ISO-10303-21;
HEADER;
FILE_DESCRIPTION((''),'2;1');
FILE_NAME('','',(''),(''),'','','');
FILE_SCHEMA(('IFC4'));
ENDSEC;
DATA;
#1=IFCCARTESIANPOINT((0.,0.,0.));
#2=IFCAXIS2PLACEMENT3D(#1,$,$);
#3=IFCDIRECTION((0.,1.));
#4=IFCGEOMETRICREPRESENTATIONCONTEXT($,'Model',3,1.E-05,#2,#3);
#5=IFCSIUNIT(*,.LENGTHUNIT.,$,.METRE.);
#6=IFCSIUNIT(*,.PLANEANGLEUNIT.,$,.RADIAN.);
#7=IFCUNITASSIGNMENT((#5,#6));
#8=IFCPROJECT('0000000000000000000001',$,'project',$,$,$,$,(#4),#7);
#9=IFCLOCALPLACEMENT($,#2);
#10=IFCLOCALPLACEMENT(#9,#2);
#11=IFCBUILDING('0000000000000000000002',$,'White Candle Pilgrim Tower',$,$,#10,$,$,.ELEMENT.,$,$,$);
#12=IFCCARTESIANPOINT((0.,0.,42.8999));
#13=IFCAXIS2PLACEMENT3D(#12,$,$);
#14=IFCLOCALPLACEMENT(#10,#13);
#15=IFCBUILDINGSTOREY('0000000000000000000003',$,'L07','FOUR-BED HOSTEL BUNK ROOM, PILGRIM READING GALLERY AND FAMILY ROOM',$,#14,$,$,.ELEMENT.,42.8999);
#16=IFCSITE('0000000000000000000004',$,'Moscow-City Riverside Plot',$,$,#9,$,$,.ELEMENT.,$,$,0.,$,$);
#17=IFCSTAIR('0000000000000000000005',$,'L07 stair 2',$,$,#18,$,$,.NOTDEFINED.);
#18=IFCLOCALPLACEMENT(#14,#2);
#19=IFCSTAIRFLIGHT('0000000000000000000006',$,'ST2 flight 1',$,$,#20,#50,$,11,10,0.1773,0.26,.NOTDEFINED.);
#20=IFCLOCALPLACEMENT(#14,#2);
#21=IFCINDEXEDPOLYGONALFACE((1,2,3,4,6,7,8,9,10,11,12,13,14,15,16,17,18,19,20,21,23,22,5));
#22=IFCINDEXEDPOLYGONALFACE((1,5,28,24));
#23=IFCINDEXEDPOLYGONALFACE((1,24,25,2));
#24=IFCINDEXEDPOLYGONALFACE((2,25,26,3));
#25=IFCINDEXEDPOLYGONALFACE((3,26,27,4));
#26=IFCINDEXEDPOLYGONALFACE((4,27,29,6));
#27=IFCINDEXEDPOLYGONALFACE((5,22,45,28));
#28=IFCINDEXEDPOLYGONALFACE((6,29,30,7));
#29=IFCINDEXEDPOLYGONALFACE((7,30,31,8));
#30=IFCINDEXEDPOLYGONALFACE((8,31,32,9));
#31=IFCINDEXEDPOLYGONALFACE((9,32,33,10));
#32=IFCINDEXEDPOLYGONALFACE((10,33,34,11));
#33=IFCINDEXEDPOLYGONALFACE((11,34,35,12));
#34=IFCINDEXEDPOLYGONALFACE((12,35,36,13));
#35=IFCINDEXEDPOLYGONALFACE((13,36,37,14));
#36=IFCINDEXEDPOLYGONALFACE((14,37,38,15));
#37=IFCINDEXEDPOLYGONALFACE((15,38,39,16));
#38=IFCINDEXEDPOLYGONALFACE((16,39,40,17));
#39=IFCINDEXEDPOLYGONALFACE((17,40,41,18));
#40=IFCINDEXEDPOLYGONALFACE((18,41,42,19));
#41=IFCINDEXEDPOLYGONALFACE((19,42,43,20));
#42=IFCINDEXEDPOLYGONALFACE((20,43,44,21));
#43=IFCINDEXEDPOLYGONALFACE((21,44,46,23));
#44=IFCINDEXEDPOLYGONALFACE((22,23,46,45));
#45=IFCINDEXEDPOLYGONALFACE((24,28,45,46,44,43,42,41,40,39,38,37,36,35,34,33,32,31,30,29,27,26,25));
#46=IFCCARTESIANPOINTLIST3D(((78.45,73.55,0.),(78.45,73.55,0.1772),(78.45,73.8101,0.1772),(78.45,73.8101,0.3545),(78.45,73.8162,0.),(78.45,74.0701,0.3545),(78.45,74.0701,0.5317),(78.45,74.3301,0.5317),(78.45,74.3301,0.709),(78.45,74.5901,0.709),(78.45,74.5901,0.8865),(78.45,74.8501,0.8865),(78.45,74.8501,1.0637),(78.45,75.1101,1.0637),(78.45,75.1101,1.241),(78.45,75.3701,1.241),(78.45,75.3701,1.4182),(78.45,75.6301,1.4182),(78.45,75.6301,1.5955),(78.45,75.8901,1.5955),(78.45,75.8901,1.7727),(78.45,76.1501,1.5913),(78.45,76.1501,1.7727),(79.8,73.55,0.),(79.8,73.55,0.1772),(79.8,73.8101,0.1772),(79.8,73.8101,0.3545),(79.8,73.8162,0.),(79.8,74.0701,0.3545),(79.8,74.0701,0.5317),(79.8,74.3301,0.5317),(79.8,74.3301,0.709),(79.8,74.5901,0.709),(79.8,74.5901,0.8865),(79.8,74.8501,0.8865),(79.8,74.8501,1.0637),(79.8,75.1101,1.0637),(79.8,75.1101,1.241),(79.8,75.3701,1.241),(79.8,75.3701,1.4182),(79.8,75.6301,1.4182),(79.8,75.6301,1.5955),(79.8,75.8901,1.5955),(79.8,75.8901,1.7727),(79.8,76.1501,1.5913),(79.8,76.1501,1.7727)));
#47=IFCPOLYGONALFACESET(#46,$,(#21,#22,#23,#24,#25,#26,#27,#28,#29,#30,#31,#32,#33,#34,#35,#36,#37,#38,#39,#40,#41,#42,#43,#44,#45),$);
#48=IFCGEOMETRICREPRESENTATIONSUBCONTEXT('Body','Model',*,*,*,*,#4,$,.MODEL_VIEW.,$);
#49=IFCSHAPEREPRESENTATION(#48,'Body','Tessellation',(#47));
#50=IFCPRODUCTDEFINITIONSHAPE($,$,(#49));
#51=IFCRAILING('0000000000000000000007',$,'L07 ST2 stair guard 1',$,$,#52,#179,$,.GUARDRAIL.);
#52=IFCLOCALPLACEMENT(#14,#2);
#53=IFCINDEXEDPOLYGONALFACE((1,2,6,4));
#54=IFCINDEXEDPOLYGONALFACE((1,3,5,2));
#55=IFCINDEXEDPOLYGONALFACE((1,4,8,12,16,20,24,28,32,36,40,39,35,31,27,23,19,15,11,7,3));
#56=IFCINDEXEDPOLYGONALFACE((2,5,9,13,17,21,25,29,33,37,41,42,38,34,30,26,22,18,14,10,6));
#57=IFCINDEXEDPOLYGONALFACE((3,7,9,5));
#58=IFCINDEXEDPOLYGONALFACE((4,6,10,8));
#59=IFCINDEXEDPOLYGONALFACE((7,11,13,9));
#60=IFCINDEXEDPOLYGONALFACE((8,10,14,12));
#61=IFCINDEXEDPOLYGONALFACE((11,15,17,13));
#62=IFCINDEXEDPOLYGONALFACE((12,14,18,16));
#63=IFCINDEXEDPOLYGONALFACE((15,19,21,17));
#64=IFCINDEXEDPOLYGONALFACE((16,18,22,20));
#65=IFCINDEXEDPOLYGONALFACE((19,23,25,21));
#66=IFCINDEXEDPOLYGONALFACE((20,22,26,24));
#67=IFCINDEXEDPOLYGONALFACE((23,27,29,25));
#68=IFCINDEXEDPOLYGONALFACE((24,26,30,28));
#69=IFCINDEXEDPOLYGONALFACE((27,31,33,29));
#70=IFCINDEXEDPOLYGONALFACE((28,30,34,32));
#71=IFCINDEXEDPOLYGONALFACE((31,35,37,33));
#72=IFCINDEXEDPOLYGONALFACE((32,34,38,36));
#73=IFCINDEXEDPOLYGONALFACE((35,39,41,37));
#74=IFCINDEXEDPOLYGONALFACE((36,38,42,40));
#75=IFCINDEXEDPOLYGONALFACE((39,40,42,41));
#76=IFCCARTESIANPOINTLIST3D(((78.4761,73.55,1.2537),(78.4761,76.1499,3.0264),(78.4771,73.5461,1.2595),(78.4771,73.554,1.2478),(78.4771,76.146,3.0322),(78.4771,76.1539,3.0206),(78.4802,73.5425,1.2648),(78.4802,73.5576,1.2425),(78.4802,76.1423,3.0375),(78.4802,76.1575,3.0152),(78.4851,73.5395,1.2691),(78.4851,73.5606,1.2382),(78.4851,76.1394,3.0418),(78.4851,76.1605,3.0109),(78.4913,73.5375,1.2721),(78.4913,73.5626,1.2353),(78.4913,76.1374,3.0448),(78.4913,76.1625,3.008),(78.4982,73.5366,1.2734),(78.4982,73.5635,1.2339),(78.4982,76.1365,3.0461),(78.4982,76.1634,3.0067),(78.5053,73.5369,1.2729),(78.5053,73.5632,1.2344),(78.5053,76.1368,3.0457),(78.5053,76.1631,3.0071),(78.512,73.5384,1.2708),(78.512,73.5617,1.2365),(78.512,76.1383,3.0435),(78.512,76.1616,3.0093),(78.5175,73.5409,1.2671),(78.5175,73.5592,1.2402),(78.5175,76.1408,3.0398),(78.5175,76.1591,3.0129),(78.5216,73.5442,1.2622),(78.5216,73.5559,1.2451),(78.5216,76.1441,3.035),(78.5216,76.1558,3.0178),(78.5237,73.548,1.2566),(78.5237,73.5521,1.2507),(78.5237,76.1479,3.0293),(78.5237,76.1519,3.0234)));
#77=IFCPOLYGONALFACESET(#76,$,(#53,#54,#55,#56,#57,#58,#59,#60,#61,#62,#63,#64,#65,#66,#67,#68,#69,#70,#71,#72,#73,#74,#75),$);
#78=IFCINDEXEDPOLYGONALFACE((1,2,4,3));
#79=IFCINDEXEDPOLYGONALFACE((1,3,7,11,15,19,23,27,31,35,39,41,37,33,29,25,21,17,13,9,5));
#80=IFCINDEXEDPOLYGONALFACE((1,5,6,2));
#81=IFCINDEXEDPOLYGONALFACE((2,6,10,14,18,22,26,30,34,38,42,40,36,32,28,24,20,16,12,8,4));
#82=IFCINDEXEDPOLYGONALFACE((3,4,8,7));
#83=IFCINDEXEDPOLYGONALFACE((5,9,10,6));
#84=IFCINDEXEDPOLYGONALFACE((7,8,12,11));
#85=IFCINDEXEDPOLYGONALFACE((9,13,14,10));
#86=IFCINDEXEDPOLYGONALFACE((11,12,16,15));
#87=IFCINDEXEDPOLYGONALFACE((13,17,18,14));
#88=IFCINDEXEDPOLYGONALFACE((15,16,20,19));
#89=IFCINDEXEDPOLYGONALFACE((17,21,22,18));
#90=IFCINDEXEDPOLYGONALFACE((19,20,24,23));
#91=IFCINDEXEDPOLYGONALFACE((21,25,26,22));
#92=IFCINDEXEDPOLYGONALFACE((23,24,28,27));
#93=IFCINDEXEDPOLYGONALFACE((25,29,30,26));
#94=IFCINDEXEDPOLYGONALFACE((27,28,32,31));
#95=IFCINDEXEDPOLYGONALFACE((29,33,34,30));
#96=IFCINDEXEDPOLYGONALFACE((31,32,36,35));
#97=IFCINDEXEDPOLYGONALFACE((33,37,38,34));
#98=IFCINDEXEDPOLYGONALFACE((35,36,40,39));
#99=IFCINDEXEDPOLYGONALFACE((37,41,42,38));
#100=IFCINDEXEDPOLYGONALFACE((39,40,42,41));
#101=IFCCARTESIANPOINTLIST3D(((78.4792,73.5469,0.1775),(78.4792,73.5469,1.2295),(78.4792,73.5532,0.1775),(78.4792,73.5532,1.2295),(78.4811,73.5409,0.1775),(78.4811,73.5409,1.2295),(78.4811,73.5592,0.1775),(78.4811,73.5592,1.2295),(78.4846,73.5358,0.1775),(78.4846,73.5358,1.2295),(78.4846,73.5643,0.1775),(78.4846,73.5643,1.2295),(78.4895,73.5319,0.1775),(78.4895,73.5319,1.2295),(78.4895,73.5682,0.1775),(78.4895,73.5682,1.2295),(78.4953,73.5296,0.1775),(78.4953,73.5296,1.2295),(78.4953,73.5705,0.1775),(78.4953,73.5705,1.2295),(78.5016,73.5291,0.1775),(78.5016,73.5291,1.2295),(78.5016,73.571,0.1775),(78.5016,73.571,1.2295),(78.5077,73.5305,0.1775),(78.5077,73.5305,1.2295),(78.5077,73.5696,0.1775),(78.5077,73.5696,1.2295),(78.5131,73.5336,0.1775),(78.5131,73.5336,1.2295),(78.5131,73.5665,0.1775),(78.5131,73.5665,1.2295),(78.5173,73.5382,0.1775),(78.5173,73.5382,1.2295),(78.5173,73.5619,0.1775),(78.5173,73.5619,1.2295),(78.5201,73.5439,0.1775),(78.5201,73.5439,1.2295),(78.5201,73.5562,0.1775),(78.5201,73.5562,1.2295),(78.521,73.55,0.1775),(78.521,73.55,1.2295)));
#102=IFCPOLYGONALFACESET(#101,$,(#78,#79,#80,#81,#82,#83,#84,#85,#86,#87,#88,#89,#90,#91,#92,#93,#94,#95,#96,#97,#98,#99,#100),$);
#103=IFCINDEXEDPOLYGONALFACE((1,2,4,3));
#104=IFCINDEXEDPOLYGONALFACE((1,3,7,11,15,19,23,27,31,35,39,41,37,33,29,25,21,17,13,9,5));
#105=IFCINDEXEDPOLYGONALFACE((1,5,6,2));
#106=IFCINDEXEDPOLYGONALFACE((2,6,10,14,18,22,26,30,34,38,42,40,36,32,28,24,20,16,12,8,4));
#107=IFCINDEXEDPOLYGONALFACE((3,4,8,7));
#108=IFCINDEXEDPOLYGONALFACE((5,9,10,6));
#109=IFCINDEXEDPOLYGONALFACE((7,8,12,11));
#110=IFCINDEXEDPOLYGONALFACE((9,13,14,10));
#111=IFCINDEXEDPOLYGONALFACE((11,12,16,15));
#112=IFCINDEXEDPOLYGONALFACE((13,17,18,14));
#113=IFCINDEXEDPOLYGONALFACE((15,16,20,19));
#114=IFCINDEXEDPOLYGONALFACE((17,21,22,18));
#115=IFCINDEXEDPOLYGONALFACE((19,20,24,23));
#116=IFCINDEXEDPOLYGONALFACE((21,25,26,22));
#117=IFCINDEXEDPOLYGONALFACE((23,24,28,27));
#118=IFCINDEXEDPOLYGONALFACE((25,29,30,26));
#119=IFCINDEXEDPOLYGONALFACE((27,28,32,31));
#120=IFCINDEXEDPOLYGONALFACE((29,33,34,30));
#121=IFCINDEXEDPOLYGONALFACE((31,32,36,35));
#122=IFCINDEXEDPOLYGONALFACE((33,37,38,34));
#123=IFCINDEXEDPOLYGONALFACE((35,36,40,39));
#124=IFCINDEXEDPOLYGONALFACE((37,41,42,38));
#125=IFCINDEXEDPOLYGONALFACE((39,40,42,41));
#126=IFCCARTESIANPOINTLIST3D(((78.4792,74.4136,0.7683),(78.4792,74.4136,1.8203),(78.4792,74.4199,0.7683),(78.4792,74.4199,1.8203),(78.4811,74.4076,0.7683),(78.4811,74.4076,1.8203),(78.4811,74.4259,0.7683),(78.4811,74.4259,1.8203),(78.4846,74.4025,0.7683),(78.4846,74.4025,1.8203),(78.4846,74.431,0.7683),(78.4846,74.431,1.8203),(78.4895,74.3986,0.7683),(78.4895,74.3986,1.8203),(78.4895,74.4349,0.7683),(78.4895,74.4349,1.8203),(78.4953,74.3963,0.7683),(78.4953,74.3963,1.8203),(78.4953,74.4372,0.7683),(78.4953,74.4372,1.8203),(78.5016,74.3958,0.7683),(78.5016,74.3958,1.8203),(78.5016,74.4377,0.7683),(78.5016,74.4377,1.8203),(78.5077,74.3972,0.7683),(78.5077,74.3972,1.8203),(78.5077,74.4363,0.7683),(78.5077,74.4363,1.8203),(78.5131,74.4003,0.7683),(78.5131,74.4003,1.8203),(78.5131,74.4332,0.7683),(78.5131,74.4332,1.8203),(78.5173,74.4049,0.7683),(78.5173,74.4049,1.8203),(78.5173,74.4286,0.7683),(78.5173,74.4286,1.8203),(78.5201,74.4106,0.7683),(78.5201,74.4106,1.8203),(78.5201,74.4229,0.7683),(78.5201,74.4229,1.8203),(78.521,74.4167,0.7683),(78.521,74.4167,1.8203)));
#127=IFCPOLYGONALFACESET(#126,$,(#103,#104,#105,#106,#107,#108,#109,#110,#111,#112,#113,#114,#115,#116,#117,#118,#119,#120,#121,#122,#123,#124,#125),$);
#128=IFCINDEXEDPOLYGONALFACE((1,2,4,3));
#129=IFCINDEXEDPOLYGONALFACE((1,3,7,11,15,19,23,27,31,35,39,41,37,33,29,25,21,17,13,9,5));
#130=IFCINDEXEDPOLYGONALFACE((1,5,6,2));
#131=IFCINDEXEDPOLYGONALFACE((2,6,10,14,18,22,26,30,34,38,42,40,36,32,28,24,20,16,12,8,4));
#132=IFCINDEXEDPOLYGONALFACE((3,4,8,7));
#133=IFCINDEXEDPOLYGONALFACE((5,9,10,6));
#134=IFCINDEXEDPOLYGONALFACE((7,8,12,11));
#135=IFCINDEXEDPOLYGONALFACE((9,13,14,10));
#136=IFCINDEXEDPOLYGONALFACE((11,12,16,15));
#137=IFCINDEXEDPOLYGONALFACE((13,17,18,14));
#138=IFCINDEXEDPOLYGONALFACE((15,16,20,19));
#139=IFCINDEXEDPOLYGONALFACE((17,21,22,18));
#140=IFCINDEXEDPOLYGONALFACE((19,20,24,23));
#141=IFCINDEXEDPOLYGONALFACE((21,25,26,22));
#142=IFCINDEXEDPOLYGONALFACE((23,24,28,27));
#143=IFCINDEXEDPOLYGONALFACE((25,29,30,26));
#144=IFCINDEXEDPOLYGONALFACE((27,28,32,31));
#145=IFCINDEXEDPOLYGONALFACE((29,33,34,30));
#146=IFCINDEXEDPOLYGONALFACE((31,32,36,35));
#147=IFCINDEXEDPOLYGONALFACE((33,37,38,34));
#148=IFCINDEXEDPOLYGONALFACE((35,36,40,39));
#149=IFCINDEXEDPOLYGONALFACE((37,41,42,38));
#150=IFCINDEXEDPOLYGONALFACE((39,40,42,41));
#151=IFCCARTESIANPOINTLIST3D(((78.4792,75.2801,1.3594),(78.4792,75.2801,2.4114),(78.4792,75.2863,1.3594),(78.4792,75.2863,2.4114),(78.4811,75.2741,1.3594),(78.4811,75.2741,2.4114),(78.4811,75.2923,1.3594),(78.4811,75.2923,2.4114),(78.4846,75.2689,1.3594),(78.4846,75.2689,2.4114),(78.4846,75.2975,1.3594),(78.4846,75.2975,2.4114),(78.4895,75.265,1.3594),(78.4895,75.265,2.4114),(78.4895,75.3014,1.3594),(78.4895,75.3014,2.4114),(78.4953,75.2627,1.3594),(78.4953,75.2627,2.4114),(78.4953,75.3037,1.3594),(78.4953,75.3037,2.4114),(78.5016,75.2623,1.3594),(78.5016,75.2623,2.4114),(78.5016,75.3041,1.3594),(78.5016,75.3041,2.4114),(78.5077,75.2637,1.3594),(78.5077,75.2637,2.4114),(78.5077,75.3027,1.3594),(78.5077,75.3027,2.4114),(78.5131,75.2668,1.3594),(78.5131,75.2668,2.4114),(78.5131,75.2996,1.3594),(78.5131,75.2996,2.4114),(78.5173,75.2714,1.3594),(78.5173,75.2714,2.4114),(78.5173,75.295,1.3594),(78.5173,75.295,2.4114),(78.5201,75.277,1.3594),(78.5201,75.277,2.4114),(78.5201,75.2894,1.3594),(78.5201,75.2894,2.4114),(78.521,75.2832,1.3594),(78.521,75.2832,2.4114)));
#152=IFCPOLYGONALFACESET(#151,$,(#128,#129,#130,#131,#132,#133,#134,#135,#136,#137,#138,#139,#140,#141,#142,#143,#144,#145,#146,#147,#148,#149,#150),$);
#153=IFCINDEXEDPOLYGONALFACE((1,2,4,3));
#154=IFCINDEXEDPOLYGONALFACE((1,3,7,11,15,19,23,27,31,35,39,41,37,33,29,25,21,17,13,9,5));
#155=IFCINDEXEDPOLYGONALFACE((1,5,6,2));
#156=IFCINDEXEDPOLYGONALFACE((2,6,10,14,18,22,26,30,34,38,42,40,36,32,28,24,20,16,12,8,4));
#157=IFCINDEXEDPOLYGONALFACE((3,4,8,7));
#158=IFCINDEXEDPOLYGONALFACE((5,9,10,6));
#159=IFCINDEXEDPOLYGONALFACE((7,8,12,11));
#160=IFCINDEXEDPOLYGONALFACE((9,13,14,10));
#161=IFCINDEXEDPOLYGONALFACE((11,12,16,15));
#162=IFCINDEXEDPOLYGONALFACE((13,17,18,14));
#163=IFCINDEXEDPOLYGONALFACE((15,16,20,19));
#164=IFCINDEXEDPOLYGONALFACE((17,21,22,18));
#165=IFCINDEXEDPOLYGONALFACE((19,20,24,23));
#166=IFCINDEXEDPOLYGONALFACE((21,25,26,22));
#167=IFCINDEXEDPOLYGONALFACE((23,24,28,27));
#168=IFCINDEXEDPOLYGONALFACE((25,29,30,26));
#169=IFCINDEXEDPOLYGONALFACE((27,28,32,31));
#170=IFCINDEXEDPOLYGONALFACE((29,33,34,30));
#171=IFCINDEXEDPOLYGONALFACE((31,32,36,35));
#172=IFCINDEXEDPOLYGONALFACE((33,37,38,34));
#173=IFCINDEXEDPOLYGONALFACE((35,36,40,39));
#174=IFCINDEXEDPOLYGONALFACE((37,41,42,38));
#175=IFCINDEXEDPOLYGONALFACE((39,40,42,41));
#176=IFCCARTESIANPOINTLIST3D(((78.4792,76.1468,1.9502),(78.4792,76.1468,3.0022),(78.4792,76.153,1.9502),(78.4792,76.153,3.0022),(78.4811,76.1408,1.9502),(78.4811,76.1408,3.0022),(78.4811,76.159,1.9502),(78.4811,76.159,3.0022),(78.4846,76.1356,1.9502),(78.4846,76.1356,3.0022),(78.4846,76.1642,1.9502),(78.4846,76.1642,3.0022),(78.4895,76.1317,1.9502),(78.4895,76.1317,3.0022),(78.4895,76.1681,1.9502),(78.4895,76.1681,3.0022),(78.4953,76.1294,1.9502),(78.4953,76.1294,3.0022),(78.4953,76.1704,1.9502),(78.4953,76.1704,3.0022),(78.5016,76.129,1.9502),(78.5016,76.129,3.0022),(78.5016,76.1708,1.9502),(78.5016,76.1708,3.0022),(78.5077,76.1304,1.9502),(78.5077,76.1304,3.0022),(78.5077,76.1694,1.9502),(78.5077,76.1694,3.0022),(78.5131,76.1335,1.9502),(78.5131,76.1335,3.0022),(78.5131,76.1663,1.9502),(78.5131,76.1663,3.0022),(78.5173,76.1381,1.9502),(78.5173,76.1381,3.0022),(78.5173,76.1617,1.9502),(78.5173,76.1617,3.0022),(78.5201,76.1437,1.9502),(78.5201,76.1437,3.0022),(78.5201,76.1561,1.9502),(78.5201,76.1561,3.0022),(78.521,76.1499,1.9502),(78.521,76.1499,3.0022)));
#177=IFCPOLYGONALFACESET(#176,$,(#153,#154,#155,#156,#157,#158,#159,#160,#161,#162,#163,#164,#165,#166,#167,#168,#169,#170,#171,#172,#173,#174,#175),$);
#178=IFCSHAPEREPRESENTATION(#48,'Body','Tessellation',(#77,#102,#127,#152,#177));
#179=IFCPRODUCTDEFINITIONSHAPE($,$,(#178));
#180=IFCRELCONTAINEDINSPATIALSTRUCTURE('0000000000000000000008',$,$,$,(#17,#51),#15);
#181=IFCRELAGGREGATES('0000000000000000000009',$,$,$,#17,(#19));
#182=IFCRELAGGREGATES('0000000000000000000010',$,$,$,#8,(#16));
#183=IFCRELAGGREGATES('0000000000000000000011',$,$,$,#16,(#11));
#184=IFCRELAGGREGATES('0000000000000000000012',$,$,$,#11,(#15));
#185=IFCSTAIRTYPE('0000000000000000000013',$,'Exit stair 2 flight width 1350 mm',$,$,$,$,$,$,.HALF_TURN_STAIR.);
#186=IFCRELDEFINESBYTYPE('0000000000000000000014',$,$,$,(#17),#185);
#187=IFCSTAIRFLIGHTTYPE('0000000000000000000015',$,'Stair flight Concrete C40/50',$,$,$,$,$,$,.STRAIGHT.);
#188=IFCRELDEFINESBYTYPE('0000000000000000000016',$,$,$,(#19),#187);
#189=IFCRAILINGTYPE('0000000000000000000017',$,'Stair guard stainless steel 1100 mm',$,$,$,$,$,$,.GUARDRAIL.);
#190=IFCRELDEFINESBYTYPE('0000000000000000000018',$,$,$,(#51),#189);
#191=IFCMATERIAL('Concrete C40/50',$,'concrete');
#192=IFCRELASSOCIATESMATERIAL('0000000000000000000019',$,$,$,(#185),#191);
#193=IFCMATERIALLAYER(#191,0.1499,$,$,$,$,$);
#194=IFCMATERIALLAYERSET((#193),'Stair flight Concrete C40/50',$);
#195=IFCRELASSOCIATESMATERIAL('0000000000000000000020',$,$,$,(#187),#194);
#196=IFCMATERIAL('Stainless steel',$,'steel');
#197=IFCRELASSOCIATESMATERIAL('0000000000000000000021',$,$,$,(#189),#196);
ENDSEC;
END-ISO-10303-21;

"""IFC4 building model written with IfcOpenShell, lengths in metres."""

from ifc_helpers import new_model, si_unit, direction, frame, origin, origin_2d, place, context, subcontext, project, spatial, polyline, circle, outline, extrude, material, layer, layer_set, type_object, element, aggregate, save


model = new_model("IFC4")

# Units and contexts
model_context = context("Model", 3, precision=1e-05, world=origin(), true_north=direction((0.0, 1.0)))
body_context = subcontext(model_context, "Body", "Model", "MODEL_VIEW")
ifc_project = project(units=[si_unit("LENGTHUNIT", "METRE"), si_unit("PLANEANGLEUNIT", "RADIAN")], contexts=[model_context])

# Site, building, storey
site_placement = place(None, origin())
site = spatial("IfcSite", under=ifc_project, at=site_placement, Name="Moscow-City Riverside Plot", CompositionType="ELEMENT", RefElevation=0.0)
building_placement = place(site_placement, origin())
building = spatial("IfcBuilding", under=site, at=building_placement, Name="White Candle Pilgrim Tower", CompositionType="ELEMENT")
storey_placement = place(building_placement, frame((0.0, 0.0, 42.8999)))
storey = spatial("IfcBuildingStorey", under=building, at=storey_placement, Name="L07", Description="FOUR-BED HOSTEL BUNK ROOM, PILGRIM READING GALLERY AND FAMILY ROOM", CompositionType="ELEMENT", Elevation=42.8999)

# Stair, stair flight
ifc_material_1 = material(Name="Concrete C40/50", Category="concrete")
stair_type = type_object("IfcStairType", Name="Exit stair 2 flight width 1350 mm", PredefinedType="HALF_TURN_STAIR", material=ifc_material_1)
stair_placement = place(storey_placement, origin())
stair = element("IfcStair", 1, at=stair_placement, inside=storey, type_object=stair_type, Name="L07 stair 2", PredefinedType="NOTDEFINED")
ifc_layer_1 = layer(ifc_material_1, 0.1499)
ifc_layer_set_1 = layer_set([ifc_layer_1], Name="Stair flight Concrete C40/50")
stair_flight_type = type_object("IfcStairFlightType", Name="Stair flight Concrete C40/50", PredefinedType="STRAIGHT", material=ifc_layer_set_1)
stair_flight_placement = place(storey_placement, frame((79.125, 73.55, 0.0), z_axis=(0.0, 0.0, 1.0), x_axis=(0.0, 1.0, 0.0)))
stair_flight = element("IfcStairFlight", 2, at=stair_flight_placement, type_object=stair_flight_type, Name="ST2 flight 1", NumberOfRisers=11, NumberOfTreads=10, PredefinedType="NOTDEFINED", RiserHeight=0.1773, TreadLength=0.26, context=body_context, shape_type="SweptSolid", body=[
    extrude(outline(polyline([(0.0, 0.0), (0.0, 0.1772), (0.26, 0.1772), (0.26, 0.3545), (0.52, 0.3545), (0.52, 0.5317), (0.78, 0.5317), (0.78, 0.709), (1.04, 0.709), (1.04, 0.8865), (1.3, 0.8865), (1.3, 1.0637), (1.5601, 1.0637), (1.5601, 1.241), (1.8201, 1.241), (1.8201, 1.4182), (2.0801, 1.4182), (2.0801, 1.5955), (2.3401, 1.5955), (2.3401, 1.7727), (2.6001, 1.7727), (2.6001, 1.95), (2.6001, 1.5913), (0.2661, 0.0), (0.0, 0.0)])), frame((0.0, 0.675, 0.0), z_axis=(0.0, -1.0, 0.0), x_axis=(1.0, 0.0, 0.0)), (0.0, 0.0, 1.0), 1.3501),
])
aggregate(stair, [stair_flight])

# Railing
ifc_material_2 = material(Name="Stainless steel", Category="steel")
railing_type_1 = type_object("IfcRailingType", Name="Stair guard stainless steel 1100 mm", PredefinedType="GUARDRAIL", material=ifc_material_2)
railing_1_placement = place(storey_placement, frame((78.5, 73.55, 0.1775)))
element("IfcRailing", 3, at=railing_1_placement, inside=storey, type_object=railing_type_1, Name="L07 ST2 stair guard 1", PredefinedType="GUARDRAIL", context=body_context, shape_type="SweptSolid", body=[
    extrude(circle(Radius=0.0239, at=origin_2d()), frame((0.0, 0.0, 1.0762), z_axis=(0.0, 0.826216, 0.563354), x_axis=(-1.0, 0.0, 0.0)), (0.0, 0.0, 1.0), 3.1467),
    extrude(circle(Radius=0.021, at=origin_2d()), origin(), (0.0, 0.0, 1.0), 1.052),
    extrude(circle(Radius=0.021, at=origin_2d()), frame((0.0, 0.8667, 0.5908)), (0.0, 0.0, 1.0), 1.052),
    extrude(circle(Radius=0.021, at=origin_2d()), frame((0.0, 1.7332, 1.1819)), (0.0, 0.0, 1.0), 1.052),
    extrude(circle(Radius=0.021, at=origin_2d()), frame((0.0, 2.5999, 1.7727)), (0.0, 0.0, 1.0), 1.052),
])

save(model, "model.ifc")
